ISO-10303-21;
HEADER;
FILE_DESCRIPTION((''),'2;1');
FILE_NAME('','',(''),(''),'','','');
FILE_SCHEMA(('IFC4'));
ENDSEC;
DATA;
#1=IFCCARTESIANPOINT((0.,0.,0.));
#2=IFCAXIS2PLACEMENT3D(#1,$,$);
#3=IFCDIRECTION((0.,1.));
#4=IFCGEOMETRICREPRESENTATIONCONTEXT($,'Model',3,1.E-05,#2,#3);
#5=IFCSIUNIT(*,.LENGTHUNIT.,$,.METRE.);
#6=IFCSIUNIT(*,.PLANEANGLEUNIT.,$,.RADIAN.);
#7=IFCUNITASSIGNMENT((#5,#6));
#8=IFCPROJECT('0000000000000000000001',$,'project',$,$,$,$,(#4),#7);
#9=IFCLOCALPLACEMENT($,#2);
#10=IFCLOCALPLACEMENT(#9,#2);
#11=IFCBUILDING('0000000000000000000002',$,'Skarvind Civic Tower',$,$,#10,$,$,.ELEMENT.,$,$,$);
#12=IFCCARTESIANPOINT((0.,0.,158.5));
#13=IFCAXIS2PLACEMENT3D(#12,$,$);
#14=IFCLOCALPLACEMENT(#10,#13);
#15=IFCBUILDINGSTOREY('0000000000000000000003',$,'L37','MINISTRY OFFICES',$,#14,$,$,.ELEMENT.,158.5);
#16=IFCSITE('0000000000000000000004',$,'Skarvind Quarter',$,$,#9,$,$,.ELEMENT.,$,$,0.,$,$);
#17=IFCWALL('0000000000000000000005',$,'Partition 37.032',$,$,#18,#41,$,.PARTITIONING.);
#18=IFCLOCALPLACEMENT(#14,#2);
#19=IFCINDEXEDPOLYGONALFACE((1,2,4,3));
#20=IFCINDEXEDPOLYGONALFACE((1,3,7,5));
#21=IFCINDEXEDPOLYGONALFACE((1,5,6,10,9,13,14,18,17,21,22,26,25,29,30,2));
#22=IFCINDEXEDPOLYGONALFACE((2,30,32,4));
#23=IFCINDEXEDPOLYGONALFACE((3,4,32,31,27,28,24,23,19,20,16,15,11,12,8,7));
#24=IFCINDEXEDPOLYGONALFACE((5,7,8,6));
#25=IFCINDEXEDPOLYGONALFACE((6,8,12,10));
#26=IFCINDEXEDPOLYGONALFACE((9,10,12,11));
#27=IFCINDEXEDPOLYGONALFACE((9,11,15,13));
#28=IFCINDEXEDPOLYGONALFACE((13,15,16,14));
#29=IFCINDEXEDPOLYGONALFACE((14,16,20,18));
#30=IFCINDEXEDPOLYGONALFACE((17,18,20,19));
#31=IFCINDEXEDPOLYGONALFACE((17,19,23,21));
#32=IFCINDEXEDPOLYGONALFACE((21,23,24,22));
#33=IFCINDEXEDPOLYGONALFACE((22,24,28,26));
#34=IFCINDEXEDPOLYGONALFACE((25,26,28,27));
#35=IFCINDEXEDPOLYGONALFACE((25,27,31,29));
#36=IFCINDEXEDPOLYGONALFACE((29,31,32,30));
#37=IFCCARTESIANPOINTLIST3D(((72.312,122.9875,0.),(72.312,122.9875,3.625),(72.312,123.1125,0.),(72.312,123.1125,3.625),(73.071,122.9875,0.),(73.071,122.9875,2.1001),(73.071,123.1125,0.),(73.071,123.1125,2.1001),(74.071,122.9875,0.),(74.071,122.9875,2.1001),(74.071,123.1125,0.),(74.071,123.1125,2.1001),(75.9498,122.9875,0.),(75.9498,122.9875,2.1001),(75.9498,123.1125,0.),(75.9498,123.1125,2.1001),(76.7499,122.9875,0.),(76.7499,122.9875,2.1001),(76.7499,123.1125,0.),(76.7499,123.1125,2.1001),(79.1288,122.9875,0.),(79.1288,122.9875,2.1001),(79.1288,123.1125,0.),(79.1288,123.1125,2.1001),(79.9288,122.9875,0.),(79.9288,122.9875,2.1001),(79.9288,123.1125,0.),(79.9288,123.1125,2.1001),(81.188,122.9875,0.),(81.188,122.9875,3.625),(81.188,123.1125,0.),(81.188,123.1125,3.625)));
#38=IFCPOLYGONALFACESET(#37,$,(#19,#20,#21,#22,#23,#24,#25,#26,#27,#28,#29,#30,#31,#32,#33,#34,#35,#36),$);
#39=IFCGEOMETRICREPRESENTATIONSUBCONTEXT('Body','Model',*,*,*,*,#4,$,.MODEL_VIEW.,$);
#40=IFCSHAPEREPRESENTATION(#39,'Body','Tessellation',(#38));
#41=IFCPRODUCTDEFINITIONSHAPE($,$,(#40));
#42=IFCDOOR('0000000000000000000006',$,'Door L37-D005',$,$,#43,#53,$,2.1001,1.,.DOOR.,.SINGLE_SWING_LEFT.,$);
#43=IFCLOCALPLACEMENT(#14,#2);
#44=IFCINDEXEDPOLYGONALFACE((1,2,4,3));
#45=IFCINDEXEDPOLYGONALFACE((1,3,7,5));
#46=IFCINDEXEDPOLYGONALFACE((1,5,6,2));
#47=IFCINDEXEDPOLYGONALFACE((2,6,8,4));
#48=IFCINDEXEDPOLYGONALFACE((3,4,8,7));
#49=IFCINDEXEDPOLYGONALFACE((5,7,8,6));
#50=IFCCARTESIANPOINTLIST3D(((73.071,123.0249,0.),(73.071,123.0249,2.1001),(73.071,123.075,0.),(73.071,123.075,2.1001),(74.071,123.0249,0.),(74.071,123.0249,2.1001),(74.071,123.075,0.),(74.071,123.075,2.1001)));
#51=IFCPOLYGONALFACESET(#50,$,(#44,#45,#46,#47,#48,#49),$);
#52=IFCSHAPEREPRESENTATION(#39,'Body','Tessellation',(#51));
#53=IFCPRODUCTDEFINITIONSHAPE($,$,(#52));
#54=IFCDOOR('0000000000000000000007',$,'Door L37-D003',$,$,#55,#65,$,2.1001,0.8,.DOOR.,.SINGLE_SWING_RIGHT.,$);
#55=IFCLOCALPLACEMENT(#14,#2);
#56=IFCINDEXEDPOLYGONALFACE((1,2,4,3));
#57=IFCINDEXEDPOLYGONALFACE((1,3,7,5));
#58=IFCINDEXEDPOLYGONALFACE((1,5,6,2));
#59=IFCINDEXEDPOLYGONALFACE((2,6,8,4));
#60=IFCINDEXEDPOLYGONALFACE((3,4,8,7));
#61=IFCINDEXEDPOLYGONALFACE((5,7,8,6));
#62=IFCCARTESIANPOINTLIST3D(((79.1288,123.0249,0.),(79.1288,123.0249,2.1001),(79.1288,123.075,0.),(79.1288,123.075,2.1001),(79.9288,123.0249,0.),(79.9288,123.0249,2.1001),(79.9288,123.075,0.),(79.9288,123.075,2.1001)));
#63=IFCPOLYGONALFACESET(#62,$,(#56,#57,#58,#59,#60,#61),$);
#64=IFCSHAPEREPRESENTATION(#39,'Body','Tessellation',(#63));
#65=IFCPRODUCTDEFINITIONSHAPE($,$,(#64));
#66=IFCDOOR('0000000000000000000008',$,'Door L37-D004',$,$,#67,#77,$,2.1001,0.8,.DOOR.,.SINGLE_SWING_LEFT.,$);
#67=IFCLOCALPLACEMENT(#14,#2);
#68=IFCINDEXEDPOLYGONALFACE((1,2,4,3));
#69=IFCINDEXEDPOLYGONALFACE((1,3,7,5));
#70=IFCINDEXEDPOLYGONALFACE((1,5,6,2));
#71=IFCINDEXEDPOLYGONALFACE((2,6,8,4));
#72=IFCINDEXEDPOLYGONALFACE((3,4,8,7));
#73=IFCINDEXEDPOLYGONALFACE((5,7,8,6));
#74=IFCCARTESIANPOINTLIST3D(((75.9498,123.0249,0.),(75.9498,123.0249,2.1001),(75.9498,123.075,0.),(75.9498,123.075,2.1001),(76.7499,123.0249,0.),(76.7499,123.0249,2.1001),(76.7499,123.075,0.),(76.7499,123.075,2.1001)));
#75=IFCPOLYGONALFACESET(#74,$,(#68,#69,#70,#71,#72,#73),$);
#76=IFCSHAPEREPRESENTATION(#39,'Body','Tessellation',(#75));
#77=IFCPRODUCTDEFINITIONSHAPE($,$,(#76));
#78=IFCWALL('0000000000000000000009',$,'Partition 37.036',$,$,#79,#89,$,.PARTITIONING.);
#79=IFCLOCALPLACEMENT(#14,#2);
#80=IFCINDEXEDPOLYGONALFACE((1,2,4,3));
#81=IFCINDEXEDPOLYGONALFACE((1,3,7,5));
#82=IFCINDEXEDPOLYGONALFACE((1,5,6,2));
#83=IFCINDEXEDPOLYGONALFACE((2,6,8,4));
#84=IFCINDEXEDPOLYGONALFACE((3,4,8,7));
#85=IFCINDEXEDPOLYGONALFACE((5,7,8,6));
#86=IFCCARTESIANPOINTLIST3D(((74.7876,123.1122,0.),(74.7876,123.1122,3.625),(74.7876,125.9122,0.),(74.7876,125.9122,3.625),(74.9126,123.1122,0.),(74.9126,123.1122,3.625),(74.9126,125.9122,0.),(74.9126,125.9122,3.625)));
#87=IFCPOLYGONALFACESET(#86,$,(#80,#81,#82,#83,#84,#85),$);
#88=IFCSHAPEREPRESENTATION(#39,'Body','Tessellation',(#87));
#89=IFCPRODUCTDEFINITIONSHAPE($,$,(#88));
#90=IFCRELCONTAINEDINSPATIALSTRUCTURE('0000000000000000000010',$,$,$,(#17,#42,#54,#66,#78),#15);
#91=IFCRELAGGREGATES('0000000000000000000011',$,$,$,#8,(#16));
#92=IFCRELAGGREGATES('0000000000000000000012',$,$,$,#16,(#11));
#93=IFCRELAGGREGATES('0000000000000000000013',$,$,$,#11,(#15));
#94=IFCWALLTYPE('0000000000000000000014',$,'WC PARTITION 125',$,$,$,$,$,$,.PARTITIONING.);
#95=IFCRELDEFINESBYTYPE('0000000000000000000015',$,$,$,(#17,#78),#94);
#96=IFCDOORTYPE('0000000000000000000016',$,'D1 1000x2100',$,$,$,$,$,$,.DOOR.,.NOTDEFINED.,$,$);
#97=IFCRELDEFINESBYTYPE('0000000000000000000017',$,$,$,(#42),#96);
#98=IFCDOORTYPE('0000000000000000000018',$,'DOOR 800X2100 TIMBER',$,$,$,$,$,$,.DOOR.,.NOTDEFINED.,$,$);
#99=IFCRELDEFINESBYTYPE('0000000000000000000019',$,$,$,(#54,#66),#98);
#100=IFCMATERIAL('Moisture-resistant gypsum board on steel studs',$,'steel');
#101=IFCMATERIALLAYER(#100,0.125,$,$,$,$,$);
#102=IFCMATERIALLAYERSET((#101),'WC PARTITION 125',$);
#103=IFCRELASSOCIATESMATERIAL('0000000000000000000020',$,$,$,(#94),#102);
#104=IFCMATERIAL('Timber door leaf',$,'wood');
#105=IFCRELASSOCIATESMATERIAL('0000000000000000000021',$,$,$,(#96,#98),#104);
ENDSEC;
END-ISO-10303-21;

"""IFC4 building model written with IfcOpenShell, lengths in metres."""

from ifc_helpers import new_model, si_unit, direction, frame, frame_2d, origin, place, context, subcontext, project, spatial, rectangle, extrude, material, layer, layer_set, type_object, element, fill, save


model = new_model("IFC4")

# Units and contexts
model_context = context("Model", 3, precision=1e-05, world=origin(), true_north=direction((0.0, 1.0)))
body_context = subcontext(model_context, "Body", "Model", "MODEL_VIEW")
ifc_project = project(units=[si_unit("LENGTHUNIT", "METRE"), si_unit("PLANEANGLEUNIT", "RADIAN")], contexts=[model_context])

# Site, building, storey
site_placement = place(None, origin())
site = spatial("IfcSite", under=ifc_project, at=site_placement, Name="Skarvind Quarter", CompositionType="ELEMENT", RefElevation=0.0)
building_placement = place(site_placement, origin())
building = spatial("IfcBuilding", under=site, at=building_placement, Name="Skarvind Civic Tower", CompositionType="ELEMENT")
storey_placement = place(building_placement, frame((0.0, 0.0, 158.5)))
storey = spatial("IfcBuildingStorey", under=building, at=storey_placement, Name="L37", Description="MINISTRY OFFICES", CompositionType="ELEMENT", Elevation=158.5)

# Shared definitions
ifc_material_1 = material(Name="Moisture-resistant gypsum board on steel studs", Category="steel")
ifc_layer_1 = layer(ifc_material_1, 0.125)
ifc_layer_set_1 = layer_set([ifc_layer_1], Name="WC PARTITION 125")
wall_type_1 = type_object("IfcWallType", Name="WC PARTITION 125", PredefinedType="PARTITIONING", material=ifc_layer_set_1)

# Wall, openings, doors
wall_1_placement = place(storey_placement, frame((72.312, 123.05, 0.0), z_axis=(0.0, 0.0, 1.0), x_axis=(1.0, 0.0, 0.0)))
wall_1 = element("IfcWall", 1, at=wall_1_placement, inside=storey, type_object=wall_type_1, Name="Partition 37.032", PredefinedType="PARTITIONING", context=body_context, shape_type="SweptSolid", body=[
    extrude(rectangle(XDim=8.876, YDim=0.125, at=frame_2d((4.438, 0.0))), origin(), (0.0, 0.0, 1.0), 3.625),
])
opening_1_placement = place(wall_1_placement, frame((6.8169, 0.0, 0.0)))
opening_1 = element("IfcOpeningElement", 2, at=opening_1_placement, cuts=wall_1, PredefinedType="OPENING", context=body_context, shape_type="SweptSolid", body=[
    extrude(rectangle(XDim=0.8, YDim=2.1001, at=frame_2d((0.3999, 1.05))), frame((0.0, 0.0725, 0.0), z_axis=(0.0, -1.0, 0.0), x_axis=(1.0, 0.0, 0.0)), (0.0, 0.0, 1.0), 0.145),
])
opening_2_placement = place(wall_1_placement, frame((3.6379, 0.0, 0.0)))
opening_2 = element("IfcOpeningElement", 3, at=opening_2_placement, cuts=wall_1, PredefinedType="OPENING", context=body_context, shape_type="SweptSolid", body=[
    extrude(rectangle(XDim=0.8, YDim=2.1001, at=frame_2d((0.3999, 1.05))), frame((0.0, 0.0725, 0.0), z_axis=(0.0, -1.0, 0.0), x_axis=(1.0, 0.0, 0.0)), (0.0, 0.0, 1.0), 0.145),
])
opening_3_placement = place(wall_1_placement, frame((0.759, 0.0, 0.0)))
opening_3 = element("IfcOpeningElement", 4, at=opening_3_placement, cuts=wall_1, PredefinedType="OPENING", context=body_context, shape_type="SweptSolid", body=[
    extrude(rectangle(XDim=1.0, YDim=2.1001, at=frame_2d((0.5, 1.05))), frame((0.0, 0.0725, 0.0), z_axis=(0.0, -1.0, 0.0), x_axis=(1.0, 0.0, 0.0)), (0.0, 0.0, 1.0), 0.145),
])
ifc_material_2 = material(Name="Timber door leaf", Category="wood")
door_type_1 = type_object("IfcDoorType", Name="D1 1000x2100", OperationType="NOTDEFINED", PredefinedType="DOOR", material=ifc_material_2)
door_1_placement = place(opening_3_placement, origin())
door_1 = element("IfcDoor", 5, at=door_1_placement, inside=storey, type_object=door_type_1, Name="Door L37-D005", OperationType="SINGLE_SWING_LEFT", OverallHeight=2.1001, OverallWidth=1.0, PredefinedType="DOOR", context=body_context, shape_type="SweptSolid", body=[
    extrude(rectangle(XDim=1.0, YDim=2.1001, at=frame_2d((0.5, 1.05))), frame((0.0, 0.0249, 0.0), z_axis=(0.0, -1.0, 0.0), x_axis=(1.0, 0.0, 0.0)), (0.0, 0.0, 1.0), 0.05),
])
fill(opening_3, door_1)
door_type_2 = type_object("IfcDoorType", Name="DOOR 800X2100 TIMBER", OperationType="NOTDEFINED", PredefinedType="DOOR", material=ifc_material_2)
door_2_placement = place(opening_1_placement, origin())
door_2 = element("IfcDoor", 6, at=door_2_placement, inside=storey, type_object=door_type_2, Name="Door L37-D003", OperationType="SINGLE_SWING_RIGHT", OverallHeight=2.1001, OverallWidth=0.8, PredefinedType="DOOR", context=body_context, shape_type="SweptSolid", body=[
    extrude(rectangle(XDim=0.8, YDim=2.1001, at=frame_2d((0.3999, 1.05))), frame((0.0, 0.0249, 0.0), z_axis=(0.0, -1.0, 0.0), x_axis=(1.0, 0.0, 0.0)), (0.0, 0.0, 1.0), 0.05),
])
fill(opening_1, door_2)
door_3_placement = place(opening_2_placement, origin())
door_3 = element("IfcDoor", 7, at=door_3_placement, inside=storey, type_object=door_type_2, Name="Door L37-D004", OperationType="SINGLE_SWING_LEFT", OverallHeight=2.1001, OverallWidth=0.8, PredefinedType="DOOR", context=body_context, shape_type="SweptSolid", body=[
    extrude(rectangle(XDim=0.8, YDim=2.1001, at=frame_2d((0.3999, 1.05))), frame((0.0, 0.0249, 0.0), z_axis=(0.0, -1.0, 0.0), x_axis=(1.0, 0.0, 0.0)), (0.0, 0.0, 1.0), 0.05),
])
fill(opening_2, door_3)

# Wall
wall_2_placement = place(storey_placement, frame((74.8501, 125.9121, 0.0), z_axis=(0.0, 0.0, 1.0), x_axis=(0.0, -1.0, 0.0)))
element("IfcWall", 8, at=wall_2_placement, inside=storey, type_object=wall_type_1, Name="Partition 37.036", PredefinedType="PARTITIONING", context=body_context, shape_type="SweptSolid", body=[
    extrude(rectangle(XDim=2.8, YDim=0.125, at=frame_2d((1.3999, 0.0))), origin(), (0.0, 0.0, 1.0), 3.625),
])

save(model, "model.ifc")
